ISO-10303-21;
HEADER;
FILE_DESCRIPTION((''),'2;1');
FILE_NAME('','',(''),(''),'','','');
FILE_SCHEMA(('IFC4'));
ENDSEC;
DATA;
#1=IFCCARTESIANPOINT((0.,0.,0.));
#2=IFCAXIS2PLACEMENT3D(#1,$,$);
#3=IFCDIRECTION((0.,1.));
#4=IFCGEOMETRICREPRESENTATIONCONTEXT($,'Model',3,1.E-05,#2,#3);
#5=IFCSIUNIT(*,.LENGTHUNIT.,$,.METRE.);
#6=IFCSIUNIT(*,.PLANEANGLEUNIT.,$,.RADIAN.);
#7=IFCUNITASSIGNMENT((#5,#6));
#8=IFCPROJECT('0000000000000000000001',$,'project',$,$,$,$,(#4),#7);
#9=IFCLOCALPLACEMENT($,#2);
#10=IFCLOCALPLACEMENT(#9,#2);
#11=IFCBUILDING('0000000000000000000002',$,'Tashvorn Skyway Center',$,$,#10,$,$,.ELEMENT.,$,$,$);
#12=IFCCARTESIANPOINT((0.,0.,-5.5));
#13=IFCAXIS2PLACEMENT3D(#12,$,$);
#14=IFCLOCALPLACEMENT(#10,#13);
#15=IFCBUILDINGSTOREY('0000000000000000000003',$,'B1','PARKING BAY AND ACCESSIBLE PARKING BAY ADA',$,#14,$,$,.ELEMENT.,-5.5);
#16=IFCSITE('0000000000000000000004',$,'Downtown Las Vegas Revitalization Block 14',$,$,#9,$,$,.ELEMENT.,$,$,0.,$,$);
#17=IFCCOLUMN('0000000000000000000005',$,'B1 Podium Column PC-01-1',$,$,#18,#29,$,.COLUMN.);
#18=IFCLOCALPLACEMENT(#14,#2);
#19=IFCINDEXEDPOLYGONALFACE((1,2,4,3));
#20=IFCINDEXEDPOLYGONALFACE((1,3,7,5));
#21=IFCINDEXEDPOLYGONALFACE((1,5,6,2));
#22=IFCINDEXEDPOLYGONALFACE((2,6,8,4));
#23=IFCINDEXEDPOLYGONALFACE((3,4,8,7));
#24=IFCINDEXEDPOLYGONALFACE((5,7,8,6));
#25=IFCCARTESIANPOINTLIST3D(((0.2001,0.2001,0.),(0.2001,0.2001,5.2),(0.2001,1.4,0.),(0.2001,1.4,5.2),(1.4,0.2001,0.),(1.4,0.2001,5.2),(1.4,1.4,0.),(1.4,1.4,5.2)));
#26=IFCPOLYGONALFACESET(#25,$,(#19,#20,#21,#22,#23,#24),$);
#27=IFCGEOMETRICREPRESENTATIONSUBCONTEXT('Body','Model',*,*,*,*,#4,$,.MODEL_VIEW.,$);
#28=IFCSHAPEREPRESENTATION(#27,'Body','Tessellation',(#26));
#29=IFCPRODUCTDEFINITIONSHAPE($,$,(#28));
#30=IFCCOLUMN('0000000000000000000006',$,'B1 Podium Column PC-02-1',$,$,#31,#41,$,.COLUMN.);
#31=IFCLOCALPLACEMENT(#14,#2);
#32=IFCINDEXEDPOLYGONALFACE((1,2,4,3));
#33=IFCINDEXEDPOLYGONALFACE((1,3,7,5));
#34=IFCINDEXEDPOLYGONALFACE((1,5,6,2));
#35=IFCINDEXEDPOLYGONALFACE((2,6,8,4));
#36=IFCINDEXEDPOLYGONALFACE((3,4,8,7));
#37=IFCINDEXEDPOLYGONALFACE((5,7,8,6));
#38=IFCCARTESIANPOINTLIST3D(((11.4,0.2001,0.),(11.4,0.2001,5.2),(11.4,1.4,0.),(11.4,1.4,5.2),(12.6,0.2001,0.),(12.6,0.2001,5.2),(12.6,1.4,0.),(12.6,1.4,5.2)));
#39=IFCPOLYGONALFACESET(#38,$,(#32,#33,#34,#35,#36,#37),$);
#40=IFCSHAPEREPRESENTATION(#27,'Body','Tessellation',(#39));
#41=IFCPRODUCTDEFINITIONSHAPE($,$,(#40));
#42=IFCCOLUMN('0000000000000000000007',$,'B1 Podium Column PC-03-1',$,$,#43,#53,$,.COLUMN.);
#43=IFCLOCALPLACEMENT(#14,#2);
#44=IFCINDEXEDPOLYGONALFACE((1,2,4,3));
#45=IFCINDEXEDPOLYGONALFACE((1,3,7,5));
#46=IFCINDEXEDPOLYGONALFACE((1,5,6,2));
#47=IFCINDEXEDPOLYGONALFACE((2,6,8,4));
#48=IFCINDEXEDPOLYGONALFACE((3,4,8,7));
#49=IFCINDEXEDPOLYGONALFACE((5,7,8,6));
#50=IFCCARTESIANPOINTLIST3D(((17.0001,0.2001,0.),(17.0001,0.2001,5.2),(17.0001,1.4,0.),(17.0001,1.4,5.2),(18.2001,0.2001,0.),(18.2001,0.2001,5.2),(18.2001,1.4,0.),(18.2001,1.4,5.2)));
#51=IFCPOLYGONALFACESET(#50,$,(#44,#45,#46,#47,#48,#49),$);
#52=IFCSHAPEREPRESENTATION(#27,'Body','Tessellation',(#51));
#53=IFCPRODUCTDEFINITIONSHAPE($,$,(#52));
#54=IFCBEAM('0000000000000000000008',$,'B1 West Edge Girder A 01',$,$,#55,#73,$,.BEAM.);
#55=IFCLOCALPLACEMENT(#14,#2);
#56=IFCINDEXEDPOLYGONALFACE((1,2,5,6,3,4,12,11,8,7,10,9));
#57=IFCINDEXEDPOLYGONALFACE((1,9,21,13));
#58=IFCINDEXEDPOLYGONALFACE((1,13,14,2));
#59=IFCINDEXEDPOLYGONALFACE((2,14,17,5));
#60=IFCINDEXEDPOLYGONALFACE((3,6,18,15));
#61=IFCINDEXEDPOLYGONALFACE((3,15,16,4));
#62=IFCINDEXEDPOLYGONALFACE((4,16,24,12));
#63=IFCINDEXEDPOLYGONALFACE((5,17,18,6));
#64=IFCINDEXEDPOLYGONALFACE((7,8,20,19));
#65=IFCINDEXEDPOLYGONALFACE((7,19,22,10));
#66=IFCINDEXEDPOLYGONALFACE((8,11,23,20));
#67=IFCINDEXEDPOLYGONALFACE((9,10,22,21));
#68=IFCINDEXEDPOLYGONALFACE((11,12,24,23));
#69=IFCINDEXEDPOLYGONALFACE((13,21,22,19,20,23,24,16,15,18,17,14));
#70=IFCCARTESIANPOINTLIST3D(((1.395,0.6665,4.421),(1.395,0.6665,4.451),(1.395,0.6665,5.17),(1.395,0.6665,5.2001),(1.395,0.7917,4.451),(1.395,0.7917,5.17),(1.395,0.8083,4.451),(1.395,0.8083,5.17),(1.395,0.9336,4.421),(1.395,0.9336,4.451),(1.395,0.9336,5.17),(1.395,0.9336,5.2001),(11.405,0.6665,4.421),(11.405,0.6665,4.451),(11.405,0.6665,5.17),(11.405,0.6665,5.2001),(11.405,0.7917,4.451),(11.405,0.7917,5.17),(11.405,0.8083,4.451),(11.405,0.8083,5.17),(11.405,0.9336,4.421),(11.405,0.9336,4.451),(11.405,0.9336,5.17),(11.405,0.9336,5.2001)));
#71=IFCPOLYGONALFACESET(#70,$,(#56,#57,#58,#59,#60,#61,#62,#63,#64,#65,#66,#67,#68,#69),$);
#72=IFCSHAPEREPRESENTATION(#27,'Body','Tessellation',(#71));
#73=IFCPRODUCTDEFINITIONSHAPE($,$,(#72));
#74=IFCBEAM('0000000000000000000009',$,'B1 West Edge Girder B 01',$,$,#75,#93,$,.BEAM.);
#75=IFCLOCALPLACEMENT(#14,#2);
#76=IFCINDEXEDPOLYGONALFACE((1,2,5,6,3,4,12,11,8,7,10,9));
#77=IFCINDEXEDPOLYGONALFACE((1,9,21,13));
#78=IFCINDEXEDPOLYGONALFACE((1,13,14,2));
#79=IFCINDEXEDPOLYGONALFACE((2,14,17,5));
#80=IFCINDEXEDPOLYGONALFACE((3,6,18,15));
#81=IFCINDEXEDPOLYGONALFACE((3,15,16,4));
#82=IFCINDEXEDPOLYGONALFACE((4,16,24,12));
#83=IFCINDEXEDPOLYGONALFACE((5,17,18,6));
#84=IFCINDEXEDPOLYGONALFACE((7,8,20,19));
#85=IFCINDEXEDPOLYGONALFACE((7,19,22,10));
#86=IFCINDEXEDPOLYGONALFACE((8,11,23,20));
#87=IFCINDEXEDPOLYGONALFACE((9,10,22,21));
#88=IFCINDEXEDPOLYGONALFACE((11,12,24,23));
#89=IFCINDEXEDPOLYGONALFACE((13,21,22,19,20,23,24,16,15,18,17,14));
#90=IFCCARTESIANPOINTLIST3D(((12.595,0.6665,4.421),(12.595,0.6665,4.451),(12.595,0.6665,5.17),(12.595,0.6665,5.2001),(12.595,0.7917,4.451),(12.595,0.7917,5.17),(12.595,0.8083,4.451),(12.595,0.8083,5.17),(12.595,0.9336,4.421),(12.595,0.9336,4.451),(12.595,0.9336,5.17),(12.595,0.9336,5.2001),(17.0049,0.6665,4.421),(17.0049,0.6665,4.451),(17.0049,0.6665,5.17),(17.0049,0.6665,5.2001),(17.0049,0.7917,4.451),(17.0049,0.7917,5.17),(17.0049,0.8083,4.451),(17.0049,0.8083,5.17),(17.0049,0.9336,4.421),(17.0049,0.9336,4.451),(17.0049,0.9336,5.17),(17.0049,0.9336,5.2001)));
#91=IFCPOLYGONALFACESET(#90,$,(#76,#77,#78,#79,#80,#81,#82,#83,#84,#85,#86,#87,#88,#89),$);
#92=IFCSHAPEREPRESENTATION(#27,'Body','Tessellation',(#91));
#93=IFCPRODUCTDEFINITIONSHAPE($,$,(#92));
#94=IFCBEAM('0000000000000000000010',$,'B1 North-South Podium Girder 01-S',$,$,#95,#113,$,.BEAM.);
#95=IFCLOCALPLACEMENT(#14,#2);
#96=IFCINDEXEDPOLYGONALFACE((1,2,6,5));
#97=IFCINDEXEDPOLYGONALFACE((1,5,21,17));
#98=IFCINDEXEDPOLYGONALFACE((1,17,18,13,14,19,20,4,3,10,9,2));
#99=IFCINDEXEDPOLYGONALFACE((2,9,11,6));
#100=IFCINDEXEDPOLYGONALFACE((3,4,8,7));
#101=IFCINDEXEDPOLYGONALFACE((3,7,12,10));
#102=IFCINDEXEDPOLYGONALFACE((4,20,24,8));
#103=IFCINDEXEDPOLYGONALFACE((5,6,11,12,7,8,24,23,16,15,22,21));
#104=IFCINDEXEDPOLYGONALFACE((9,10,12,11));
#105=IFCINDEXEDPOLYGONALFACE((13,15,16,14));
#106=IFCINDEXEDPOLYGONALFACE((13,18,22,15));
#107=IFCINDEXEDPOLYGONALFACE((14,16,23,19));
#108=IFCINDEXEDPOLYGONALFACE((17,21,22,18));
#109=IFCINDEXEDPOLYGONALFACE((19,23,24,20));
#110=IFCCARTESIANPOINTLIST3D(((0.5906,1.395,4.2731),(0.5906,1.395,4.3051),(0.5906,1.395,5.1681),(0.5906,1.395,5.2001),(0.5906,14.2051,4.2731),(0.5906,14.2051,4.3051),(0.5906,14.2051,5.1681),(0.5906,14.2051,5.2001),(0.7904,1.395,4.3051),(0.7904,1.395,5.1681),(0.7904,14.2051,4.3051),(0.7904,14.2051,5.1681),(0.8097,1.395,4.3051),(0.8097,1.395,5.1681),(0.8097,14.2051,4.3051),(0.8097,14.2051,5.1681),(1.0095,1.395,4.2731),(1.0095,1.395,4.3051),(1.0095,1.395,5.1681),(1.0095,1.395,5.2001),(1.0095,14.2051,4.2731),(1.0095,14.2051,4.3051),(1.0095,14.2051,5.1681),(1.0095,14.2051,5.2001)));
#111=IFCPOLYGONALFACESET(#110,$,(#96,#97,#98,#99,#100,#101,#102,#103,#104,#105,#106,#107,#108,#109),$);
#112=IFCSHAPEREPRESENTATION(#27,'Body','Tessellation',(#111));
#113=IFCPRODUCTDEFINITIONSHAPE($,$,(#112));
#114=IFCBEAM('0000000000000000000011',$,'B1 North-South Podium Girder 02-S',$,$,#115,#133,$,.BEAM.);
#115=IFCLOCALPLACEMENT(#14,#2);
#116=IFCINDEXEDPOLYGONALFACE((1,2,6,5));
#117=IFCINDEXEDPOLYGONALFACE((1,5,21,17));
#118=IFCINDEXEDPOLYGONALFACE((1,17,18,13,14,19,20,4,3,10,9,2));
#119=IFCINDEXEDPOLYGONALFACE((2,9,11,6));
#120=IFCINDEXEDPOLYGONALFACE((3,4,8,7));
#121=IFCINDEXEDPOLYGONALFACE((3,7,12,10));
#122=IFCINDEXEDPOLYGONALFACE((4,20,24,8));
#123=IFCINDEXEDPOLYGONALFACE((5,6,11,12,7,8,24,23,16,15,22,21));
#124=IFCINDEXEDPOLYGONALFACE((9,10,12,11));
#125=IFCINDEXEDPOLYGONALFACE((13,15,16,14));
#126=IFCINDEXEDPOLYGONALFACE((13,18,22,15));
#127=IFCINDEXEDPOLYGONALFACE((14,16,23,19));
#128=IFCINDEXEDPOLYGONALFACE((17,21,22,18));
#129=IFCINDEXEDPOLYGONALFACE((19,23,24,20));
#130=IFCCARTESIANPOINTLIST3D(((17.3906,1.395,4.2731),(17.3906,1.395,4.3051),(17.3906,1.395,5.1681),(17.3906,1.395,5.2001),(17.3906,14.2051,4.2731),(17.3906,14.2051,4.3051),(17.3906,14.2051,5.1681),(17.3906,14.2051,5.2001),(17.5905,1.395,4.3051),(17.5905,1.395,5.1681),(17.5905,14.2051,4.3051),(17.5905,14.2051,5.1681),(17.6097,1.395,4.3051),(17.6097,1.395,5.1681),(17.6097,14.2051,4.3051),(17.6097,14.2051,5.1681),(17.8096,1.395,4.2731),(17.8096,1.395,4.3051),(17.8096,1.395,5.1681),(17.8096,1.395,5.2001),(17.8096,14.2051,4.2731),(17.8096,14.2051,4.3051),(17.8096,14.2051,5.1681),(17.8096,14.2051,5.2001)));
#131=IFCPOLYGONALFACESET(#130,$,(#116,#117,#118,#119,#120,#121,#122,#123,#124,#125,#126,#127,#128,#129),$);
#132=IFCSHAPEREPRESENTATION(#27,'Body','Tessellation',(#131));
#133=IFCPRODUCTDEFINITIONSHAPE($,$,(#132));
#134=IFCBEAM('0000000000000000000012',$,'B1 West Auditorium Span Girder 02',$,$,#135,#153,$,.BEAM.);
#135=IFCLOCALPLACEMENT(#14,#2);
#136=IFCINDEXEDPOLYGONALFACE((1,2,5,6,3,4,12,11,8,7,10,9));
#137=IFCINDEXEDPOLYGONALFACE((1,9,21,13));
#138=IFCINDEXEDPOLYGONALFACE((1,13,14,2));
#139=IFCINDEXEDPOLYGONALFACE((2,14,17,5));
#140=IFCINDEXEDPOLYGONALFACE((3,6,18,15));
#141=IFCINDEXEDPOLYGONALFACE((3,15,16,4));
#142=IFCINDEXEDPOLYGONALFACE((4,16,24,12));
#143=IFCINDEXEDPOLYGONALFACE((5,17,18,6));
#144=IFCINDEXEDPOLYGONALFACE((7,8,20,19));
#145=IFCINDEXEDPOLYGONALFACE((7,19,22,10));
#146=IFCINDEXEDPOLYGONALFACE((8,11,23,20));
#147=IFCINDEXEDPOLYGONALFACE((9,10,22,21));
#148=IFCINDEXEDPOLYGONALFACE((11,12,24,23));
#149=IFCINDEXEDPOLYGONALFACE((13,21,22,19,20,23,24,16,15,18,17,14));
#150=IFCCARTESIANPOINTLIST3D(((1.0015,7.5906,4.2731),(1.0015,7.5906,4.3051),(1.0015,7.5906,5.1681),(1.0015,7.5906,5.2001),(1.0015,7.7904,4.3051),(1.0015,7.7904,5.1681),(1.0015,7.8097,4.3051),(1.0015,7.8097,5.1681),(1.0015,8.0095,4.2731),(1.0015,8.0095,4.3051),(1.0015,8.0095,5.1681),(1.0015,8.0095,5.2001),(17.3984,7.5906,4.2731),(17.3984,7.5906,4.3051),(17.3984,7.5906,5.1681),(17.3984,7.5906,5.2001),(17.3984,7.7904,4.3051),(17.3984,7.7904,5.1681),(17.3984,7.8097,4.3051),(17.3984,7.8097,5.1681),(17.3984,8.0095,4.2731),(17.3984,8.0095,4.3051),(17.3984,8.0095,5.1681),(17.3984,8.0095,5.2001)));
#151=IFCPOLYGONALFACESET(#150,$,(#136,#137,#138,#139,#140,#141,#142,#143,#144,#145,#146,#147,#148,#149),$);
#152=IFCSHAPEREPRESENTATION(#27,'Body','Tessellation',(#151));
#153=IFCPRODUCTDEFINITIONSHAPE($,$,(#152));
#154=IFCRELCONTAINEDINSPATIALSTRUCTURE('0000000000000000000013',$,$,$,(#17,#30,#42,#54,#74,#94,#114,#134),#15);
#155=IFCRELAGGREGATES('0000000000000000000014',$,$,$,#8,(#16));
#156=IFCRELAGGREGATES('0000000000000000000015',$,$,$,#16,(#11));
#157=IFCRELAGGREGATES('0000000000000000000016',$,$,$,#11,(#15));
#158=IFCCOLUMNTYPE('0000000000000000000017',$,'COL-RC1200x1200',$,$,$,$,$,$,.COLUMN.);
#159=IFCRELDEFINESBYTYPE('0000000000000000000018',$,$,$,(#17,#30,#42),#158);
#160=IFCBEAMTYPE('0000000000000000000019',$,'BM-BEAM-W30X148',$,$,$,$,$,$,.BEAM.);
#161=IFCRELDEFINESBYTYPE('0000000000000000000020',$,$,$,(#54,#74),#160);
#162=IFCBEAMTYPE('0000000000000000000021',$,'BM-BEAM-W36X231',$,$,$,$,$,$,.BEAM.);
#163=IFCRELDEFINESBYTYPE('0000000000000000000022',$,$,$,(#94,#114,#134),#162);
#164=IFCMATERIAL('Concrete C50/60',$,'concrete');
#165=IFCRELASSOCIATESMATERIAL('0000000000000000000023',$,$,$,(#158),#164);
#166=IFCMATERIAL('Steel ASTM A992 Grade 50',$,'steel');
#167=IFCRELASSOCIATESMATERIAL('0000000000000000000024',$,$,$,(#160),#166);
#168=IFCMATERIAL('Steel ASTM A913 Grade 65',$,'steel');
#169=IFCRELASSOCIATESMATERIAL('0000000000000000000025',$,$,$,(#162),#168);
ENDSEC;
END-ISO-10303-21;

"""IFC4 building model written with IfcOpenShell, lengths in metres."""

from ifc_helpers import new_model, si_unit, direction, frame, origin, origin_2d, place, context, subcontext, project, spatial, rectangle, i_section, extrude, material, material_profile, profile_set, type_object, element, save


model = new_model("IFC4")

# Units and contexts
model_context = context("Model", 3, precision=1e-05, world=origin(), true_north=direction((0.0, 1.0)))
body_context = subcontext(model_context, "Body", "Model", "MODEL_VIEW")
ifc_project = project(units=[si_unit("LENGTHUNIT", "METRE"), si_unit("PLANEANGLEUNIT", "RADIAN")], contexts=[model_context])

# Site, building, storey
site_placement = place(None, origin())
site = spatial("IfcSite", under=ifc_project, at=site_placement, Name="Downtown Las Vegas Revitalization Block 14", CompositionType="ELEMENT", RefElevation=0.0)
building_placement = place(site_placement, origin())
building = spatial("IfcBuilding", under=site, at=building_placement, Name="Tashvorn Skyway Center", CompositionType="ELEMENT")
storey_placement = place(building_placement, frame((0.0, 0.0, -5.5)))
storey = spatial("IfcBuildingStorey", under=building, at=storey_placement, Name="B1", Description="PARKING BAY AND ACCESSIBLE PARKING BAY ADA", CompositionType="ELEMENT", Elevation=-5.5)

# Columns
ifc_material_1 = material(Name="Concrete C50/60", Category="concrete")
ifc_material_profile_1 = material_profile(ifc_material_1, rectangle(XDim=1.2, YDim=1.2, at=origin_2d()), Name="RC1200x1200")
ifc_profile_set_1 = profile_set([ifc_material_profile_1], Name="Concrete C50/60")
column_type = type_object("IfcColumnType", Name="COL-RC1200x1200", PredefinedType="COLUMN", material=ifc_profile_set_1)
for number, where, z_axis, x_axis, name in (
    (1, (0.8, 0.8, 0.0), (0.0, 0.0, 1.0), (1.0, 0.0, 0.0), "B1 Podium Column PC-01-1"),
    (2, (12.0, 0.8, 0.0), (0.0, 0.0, 1.0), (1.0, 0.0, 0.0), "B1 Podium Column PC-02-1"),
    (3, (17.6001, 0.8, 0.0), (0.0, 0.0, 1.0), (1.0, 0.0, 0.0), "B1 Podium Column PC-03-1"),
):
    element("IfcColumn", number, at=place(storey_placement, frame(where, z_axis=z_axis, x_axis=x_axis)), inside=storey, type_object=column_type, Name=name, PredefinedType="COLUMN", context=body_context, shape_type="SweptSolid", body=[
        extrude(rectangle(XDim=1.2, YDim=1.2, at=origin_2d()), origin(), (0.0, 0.0, 1.0), 5.2),
    ])

# Beams
ifc_material_2 = material(Name="Steel ASTM A992 Grade 50", Category="steel")
ifc_material_profile_2 = material_profile(ifc_material_2, i_section(OverallWidth=0.2671, OverallDepth=0.7791, WebThickness=0.0166, FlangeThickness=0.03, at=origin_2d()), Name="W30X148")
ifc_profile_set_2 = profile_set([ifc_material_profile_2], Name="Steel ASTM A992 Grade 50")
beam_type_1 = type_object("IfcBeamType", Name="BM-BEAM-W30X148", PredefinedType="BEAM", material=ifc_profile_set_2)
beam_1_placement = place(storey_placement, frame((1.395, 0.8, 4.8105), z_axis=(1.0, 0.0, 0.0), x_axis=(0.0, 1.0, 0.0)))
element("IfcBeam", 4, at=beam_1_placement, inside=storey, type_object=beam_type_1, Name="B1 West Edge Girder A 01", PredefinedType="BEAM", context=body_context, shape_type="SweptSolid", body=[
    extrude(i_section(OverallWidth=0.2671, OverallDepth=0.7791, WebThickness=0.0166, FlangeThickness=0.03, at=origin_2d()), origin(), (0.0, 0.0, 1.0), 10.01),
])
beam_2_placement = place(storey_placement, frame((12.595, 0.8, 4.8105), z_axis=(1.0, 0.0, 0.0), x_axis=(0.0, 1.0, 0.0)))
element("IfcBeam", 5, at=beam_2_placement, inside=storey, type_object=beam_type_1, Name="B1 West Edge Girder B 01", PredefinedType="BEAM", context=body_context, shape_type="SweptSolid", body=[
    extrude(i_section(OverallWidth=0.2671, OverallDepth=0.7791, WebThickness=0.0166, FlangeThickness=0.03, at=origin_2d()), origin(), (0.0, 0.0, 1.0), 4.4099),
])
ifc_material_3 = material(Name="Steel ASTM A913 Grade 65", Category="steel")
ifc_material_profile_3 = material_profile(ifc_material_3, i_section(OverallWidth=0.4189, OverallDepth=0.927, WebThickness=0.0193, FlangeThickness=0.032, at=origin_2d()), Name="W36X231")
ifc_profile_set_3 = profile_set([ifc_material_profile_3], Name="Steel ASTM A913 Grade 65")
beam_type_2 = type_object("IfcBeamType", Name="BM-BEAM-W36X231", PredefinedType="BEAM", material=ifc_profile_set_3)
for number, where, z_axis, x_axis, name in (
    (6, (0.8, 1.395, 4.7366), (0.0, 1.0, 0.0), (-1.0, 0.0, 0.0), "B1 North-South Podium Girder 01-S"),
    (7, (17.6001, 1.395, 4.7366), (0.0, 1.0, 0.0), (-1.0, 0.0, 0.0), "B1 North-South Podium Girder 02-S"),
):
    element("IfcBeam", number, at=place(storey_placement, frame(where, z_axis=z_axis, x_axis=x_axis)), inside=storey, type_object=beam_type_2, Name=name, PredefinedType="BEAM", context=body_context, shape_type="SweptSolid", body=[
        extrude(i_section(OverallWidth=0.4189, OverallDepth=0.927, WebThickness=0.0193, FlangeThickness=0.032, at=origin_2d()), origin(), (0.0, 0.0, 1.0), 12.8101),
    ])
beam_3_placement = place(storey_placement, frame((1.0015, 7.8, 4.7366), z_axis=(1.0, 0.0, 0.0), x_axis=(0.0, 1.0, 0.0)))
element("IfcBeam", 8, at=beam_3_placement, inside=storey, type_object=beam_type_2, Name="B1 West Auditorium Span Girder 02", PredefinedType="BEAM", context=body_context, shape_type="SweptSolid", body=[
    extrude(i_section(OverallWidth=0.4189, OverallDepth=0.927, WebThickness=0.0193, FlangeThickness=0.032, at=origin_2d()), origin(), (0.0, 0.0, 1.0), 16.397),
])

save(model, "model.ifc")
